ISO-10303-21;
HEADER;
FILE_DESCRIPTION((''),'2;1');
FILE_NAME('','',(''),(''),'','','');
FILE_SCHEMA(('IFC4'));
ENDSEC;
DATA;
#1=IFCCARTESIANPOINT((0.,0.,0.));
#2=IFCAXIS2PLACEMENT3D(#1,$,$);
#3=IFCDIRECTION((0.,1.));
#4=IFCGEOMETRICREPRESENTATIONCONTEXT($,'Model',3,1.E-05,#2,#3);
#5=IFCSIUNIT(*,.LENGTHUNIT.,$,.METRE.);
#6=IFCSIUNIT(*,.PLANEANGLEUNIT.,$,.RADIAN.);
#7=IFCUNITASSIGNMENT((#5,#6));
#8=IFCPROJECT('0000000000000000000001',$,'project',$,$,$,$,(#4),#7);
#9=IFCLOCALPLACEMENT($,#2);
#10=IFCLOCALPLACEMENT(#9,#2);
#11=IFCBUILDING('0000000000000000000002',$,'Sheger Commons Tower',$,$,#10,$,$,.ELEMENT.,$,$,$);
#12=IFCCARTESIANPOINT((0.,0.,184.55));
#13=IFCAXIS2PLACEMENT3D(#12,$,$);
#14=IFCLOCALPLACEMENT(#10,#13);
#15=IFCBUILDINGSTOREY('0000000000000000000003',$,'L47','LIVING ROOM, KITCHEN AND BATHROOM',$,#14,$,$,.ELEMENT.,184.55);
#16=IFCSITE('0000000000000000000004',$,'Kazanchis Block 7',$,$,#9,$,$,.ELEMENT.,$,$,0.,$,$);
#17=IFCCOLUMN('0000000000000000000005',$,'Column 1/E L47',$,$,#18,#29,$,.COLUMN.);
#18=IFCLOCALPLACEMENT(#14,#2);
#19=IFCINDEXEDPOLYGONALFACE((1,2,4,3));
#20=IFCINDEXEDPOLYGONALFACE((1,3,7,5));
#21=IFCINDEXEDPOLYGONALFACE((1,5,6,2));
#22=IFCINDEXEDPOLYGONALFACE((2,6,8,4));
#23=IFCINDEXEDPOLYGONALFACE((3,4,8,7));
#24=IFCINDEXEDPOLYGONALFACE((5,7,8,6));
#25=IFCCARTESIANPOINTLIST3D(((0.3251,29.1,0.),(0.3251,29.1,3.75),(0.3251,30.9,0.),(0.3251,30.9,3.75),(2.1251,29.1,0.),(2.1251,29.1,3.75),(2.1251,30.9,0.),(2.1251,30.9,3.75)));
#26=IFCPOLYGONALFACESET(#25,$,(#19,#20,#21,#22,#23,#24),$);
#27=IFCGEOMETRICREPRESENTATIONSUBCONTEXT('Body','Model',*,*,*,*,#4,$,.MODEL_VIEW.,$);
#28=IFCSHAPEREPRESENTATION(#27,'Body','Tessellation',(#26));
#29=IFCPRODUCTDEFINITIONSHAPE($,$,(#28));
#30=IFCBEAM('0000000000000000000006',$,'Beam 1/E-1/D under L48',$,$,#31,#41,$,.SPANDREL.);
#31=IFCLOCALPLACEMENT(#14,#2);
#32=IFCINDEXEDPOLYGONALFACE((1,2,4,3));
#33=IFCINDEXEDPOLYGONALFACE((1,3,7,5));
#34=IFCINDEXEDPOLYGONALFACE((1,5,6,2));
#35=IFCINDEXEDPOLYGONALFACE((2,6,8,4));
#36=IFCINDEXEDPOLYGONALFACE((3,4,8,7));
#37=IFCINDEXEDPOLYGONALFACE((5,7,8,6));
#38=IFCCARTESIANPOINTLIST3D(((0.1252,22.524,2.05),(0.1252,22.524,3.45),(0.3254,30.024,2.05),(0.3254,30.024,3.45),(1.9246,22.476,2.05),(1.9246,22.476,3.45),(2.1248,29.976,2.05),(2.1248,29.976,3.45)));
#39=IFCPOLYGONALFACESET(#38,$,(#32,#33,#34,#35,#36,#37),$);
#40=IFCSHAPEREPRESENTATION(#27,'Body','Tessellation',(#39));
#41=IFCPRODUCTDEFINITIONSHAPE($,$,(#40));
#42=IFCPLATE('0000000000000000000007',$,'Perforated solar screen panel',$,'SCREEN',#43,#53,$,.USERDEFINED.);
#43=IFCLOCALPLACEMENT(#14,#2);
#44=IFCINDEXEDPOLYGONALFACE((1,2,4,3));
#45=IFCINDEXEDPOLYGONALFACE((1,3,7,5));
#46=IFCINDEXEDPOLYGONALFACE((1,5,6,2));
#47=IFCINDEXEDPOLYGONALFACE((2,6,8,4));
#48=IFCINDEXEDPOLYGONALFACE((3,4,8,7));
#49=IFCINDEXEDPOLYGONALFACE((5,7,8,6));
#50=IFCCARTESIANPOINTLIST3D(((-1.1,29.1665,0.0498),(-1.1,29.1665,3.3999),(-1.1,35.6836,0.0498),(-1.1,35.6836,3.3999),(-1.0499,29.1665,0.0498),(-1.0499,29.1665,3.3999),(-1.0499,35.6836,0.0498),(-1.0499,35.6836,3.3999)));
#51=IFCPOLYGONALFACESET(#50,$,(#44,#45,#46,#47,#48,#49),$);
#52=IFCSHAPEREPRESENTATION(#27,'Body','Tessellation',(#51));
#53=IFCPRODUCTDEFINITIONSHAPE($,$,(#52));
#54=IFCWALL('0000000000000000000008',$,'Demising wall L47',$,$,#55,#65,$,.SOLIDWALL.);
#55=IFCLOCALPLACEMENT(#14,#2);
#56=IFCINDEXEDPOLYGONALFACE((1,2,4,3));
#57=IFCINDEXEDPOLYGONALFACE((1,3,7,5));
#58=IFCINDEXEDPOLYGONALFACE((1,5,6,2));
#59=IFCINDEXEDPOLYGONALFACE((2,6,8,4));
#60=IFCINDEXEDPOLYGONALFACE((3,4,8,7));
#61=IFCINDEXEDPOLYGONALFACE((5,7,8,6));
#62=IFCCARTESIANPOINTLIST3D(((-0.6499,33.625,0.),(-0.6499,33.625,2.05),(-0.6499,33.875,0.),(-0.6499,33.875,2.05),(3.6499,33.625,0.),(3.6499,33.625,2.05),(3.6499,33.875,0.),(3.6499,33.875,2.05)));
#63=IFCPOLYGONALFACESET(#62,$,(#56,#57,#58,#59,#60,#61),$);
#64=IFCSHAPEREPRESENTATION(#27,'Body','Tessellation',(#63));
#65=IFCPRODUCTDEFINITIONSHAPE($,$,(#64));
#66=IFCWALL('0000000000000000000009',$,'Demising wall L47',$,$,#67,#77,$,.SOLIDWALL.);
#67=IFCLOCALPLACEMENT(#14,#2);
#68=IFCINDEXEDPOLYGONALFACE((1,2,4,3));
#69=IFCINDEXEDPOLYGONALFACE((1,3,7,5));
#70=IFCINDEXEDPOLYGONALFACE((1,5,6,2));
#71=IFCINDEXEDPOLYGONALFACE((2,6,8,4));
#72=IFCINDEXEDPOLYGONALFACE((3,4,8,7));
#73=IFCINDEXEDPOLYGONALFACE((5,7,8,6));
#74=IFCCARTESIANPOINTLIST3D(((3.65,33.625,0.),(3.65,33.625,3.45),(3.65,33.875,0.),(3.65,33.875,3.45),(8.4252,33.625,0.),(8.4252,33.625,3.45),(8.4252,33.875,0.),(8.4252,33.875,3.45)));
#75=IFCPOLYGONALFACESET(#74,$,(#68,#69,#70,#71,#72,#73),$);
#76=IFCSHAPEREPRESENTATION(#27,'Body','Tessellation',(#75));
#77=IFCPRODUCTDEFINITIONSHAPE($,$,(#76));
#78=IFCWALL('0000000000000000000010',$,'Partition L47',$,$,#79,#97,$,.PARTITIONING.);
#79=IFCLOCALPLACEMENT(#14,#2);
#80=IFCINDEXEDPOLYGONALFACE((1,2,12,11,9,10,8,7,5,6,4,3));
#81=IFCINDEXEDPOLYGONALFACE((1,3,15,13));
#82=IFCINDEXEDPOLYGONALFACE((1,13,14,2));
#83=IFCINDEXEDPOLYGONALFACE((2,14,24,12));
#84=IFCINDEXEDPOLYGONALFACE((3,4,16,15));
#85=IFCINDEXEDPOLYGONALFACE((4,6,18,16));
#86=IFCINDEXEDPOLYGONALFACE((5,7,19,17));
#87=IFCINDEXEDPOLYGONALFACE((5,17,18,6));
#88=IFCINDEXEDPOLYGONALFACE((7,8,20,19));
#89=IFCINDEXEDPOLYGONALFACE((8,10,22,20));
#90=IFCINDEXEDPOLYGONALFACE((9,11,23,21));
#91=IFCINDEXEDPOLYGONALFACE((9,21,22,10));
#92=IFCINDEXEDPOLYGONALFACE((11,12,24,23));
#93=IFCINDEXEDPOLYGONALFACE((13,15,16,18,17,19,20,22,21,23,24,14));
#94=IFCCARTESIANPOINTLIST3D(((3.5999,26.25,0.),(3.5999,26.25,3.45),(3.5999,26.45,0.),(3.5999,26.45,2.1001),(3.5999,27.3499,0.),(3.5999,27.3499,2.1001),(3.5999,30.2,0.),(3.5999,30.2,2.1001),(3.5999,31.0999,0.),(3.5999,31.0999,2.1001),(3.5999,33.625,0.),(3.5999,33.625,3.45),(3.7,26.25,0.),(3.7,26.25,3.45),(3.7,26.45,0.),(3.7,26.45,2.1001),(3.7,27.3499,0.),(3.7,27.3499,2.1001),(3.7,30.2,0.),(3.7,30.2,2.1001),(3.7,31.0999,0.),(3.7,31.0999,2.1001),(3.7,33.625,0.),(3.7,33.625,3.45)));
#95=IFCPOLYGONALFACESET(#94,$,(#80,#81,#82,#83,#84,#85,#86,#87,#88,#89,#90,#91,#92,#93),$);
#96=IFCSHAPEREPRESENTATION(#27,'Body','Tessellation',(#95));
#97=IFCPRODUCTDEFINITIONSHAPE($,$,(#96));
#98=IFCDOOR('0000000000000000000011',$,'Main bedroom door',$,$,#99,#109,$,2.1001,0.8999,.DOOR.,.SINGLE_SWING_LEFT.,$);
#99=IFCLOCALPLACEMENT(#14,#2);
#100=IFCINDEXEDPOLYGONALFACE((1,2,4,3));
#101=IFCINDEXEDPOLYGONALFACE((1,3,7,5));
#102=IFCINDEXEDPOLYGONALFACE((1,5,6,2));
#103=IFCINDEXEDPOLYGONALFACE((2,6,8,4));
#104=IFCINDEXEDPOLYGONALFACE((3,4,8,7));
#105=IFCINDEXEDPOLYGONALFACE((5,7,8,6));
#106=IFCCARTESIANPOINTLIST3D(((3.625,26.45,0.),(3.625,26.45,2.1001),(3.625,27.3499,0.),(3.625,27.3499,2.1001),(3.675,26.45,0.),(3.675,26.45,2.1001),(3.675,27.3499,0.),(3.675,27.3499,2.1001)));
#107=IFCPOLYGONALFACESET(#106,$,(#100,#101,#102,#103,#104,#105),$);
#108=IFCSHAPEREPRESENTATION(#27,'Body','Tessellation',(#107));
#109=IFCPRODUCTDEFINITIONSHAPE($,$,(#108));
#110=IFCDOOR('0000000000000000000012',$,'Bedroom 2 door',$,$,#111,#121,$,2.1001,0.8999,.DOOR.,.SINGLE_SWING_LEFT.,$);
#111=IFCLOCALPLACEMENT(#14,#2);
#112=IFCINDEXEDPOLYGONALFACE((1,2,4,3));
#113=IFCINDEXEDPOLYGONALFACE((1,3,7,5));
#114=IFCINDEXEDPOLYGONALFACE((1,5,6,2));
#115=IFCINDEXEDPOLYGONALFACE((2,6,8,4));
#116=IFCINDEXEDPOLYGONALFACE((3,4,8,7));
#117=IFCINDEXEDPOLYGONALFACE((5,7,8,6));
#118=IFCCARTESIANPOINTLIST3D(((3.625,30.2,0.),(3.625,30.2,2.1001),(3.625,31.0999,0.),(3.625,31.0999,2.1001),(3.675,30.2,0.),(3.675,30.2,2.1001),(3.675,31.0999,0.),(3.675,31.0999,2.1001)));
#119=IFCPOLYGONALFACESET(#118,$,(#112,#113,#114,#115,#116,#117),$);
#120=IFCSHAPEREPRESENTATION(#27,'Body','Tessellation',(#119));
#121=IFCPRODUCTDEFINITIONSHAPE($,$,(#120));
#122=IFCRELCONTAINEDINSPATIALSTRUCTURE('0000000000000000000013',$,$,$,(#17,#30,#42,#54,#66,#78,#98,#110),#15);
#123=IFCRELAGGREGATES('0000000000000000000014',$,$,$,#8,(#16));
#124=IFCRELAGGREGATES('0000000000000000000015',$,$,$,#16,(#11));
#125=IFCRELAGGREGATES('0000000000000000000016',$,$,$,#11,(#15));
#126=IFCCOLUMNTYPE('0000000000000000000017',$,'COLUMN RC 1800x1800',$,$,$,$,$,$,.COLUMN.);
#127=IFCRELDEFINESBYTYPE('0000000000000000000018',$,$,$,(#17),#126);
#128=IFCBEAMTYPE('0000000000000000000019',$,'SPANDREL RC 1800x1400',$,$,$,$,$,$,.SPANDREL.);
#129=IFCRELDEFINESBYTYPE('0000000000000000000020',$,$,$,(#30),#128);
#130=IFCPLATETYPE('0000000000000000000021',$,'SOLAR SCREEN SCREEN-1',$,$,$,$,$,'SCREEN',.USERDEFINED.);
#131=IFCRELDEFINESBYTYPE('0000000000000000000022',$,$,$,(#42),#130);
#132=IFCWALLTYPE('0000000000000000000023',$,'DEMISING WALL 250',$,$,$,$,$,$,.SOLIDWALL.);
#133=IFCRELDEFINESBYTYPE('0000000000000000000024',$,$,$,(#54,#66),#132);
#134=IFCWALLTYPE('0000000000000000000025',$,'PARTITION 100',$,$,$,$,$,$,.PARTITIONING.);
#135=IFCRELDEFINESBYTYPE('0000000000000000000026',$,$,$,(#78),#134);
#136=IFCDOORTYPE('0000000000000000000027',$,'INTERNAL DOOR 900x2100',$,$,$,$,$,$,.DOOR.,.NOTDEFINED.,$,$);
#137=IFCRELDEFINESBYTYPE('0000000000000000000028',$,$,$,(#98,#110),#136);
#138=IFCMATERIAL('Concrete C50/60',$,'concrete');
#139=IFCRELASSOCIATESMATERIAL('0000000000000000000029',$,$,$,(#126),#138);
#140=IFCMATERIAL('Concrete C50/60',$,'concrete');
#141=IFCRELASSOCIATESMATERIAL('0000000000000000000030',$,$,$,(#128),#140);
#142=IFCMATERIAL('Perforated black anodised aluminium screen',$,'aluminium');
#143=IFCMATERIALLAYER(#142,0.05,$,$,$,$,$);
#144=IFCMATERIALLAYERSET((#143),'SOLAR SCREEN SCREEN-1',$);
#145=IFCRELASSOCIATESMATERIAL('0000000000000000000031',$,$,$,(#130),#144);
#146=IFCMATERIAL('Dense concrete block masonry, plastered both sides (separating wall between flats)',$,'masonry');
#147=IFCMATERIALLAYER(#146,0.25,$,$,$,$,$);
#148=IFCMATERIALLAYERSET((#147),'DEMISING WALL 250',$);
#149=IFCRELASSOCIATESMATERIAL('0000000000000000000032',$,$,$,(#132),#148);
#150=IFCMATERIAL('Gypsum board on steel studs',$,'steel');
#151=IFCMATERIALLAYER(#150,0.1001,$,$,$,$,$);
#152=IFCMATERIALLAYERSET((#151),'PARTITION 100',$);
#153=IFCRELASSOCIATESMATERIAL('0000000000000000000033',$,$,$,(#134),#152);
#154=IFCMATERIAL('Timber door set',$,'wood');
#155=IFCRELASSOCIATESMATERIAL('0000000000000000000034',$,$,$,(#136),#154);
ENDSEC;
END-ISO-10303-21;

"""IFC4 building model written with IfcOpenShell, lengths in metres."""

from ifc_helpers import new_model, si_unit, direction, frame, frame_2d, origin, origin_2d, place, context, subcontext, project, spatial, rectangle, extrude, material, layer, layer_set, material_profile, profile_set, type_object, element, fill, save


model = new_model("IFC4")

# Units and contexts
model_context = context("Model", 3, precision=1e-05, world=origin(), true_north=direction((0.0, 1.0)))
body_context = subcontext(model_context, "Body", "Model", "MODEL_VIEW")
ifc_project = project(units=[si_unit("LENGTHUNIT", "METRE"), si_unit("PLANEANGLEUNIT", "RADIAN")], contexts=[model_context])

# Site, building, storey
site_placement = place(None, origin())
site = spatial("IfcSite", under=ifc_project, at=site_placement, Name="Kazanchis Block 7", CompositionType="ELEMENT", RefElevation=0.0)
building_placement = place(site_placement, origin())
building = spatial("IfcBuilding", under=site, at=building_placement, Name="Sheger Commons Tower", CompositionType="ELEMENT")
storey_placement = place(building_placement, frame((0.0, 0.0, 184.55)))
storey = spatial("IfcBuildingStorey", under=building, at=storey_placement, Name="L47", Description="LIVING ROOM, KITCHEN AND BATHROOM", CompositionType="ELEMENT", Elevation=184.55)

# Column
ifc_material_1 = material(Name="Concrete C50/60", Category="concrete")
ifc_material_profile_1 = material_profile(ifc_material_1, rectangle(XDim=1.8, YDim=1.8, at=origin_2d()), Name="RC 1800x1800")
ifc_profile_set_1 = profile_set([ifc_material_profile_1], Name="Concrete C50/60")
column_type = type_object("IfcColumnType", Name="COLUMN RC 1800x1800", PredefinedType="COLUMN", material=ifc_profile_set_1)
column_placement = place(storey_placement, frame((1.2251, 30.0, 0.0), z_axis=(0.0, 0.0, 1.0), x_axis=(1.0, 0.0, 0.0)))
element("IfcColumn", 1, at=column_placement, inside=storey, type_object=column_type, Name="Column 1/E L47", PredefinedType="COLUMN", context=body_context, shape_type="SweptSolid", body=[
    extrude(rectangle(XDim=1.8, YDim=1.8, at=origin_2d()), origin(), (0.0, 0.0, 1.0), 3.75),
])

# Beam
ifc_material_2 = material(Name="Concrete C50/60", Category="concrete")
ifc_material_profile_2 = material_profile(ifc_material_2, rectangle(XDim=1.8, YDim=1.3999, at=origin_2d()), Name="RC 1800x1400")
ifc_profile_set_2 = profile_set([ifc_material_profile_2], Name="Concrete C50/60")
beam_type = type_object("IfcBeamType", Name="SPANDREL RC 1800x1400", PredefinedType="SPANDREL", material=ifc_profile_set_2)
beam_placement = place(storey_placement, frame((1.2251, 30.0, 2.75), z_axis=(-0.026683, -0.999644, 0.0), x_axis=(0.999644, -0.026683, 0.0)))
element("IfcBeam", 2, at=beam_placement, inside=storey, type_object=beam_type, Name="Beam 1/E-1/D under L48", PredefinedType="SPANDREL", context=body_context, shape_type="SweptSolid", body=[
    extrude(rectangle(XDim=1.8, YDim=1.3999, at=origin_2d()), origin(), (0.0, 0.0, 1.0), 7.5027),
])

# Plate
ifc_material_3 = material(Name="Perforated black anodised aluminium screen", Category="aluminium")
ifc_layer_1 = layer(ifc_material_3, 0.05)
ifc_layer_set_1 = layer_set([ifc_layer_1], Name="SOLAR SCREEN SCREEN-1")
plate_type = type_object("IfcPlateType", Name="SOLAR SCREEN SCREEN-1", ElementType="SCREEN", PredefinedType="USERDEFINED", material=ifc_layer_set_1)
plate_placement = place(storey_placement, frame((-1.075, 32.425, 0.0498), z_axis=(0.0, 0.0, 1.0), x_axis=(0.0, -1.0, 0.0)))
element("IfcPlate", 3, at=plate_placement, inside=storey, type_object=plate_type, Name="Perforated solar screen panel", ObjectType="SCREEN", PredefinedType="USERDEFINED", context=body_context, shape_type="SweptSolid", body=[
    extrude(rectangle(XDim=6.5171, YDim=0.05, at=origin_2d()), origin(), (0.0, 0.0, 1.0), 3.3501),
])

# Walls
ifc_material_4 = material(Name="Dense concrete block masonry, plastered both sides (separating wall between flats)", Category="masonry")
ifc_layer_2 = layer(ifc_material_4, 0.25)
ifc_layer_set_2 = layer_set([ifc_layer_2], Name="DEMISING WALL 250")
wall_type_1 = type_object("IfcWallType", Name="DEMISING WALL 250", PredefinedType="SOLIDWALL", material=ifc_layer_set_2)
wall_1_placement = place(storey_placement, frame((-0.6499, 33.75, 0.0), z_axis=(0.0, 0.0, 1.0), x_axis=(1.0, 0.0, 0.0)))
element("IfcWall", 4, at=wall_1_placement, inside=storey, type_object=wall_type_1, Name="Demising wall L47", PredefinedType="SOLIDWALL", context=body_context, shape_type="SweptSolid", body=[
    extrude(rectangle(XDim=4.2998, YDim=0.25, at=frame_2d((2.1499, 0.0))), origin(), (0.0, 0.0, 1.0), 2.05),
])
wall_2_placement = place(storey_placement, frame((3.6499, 33.75, 0.0), z_axis=(0.0, 0.0, 1.0), x_axis=(1.0, 0.0, 0.0)))
element("IfcWall", 5, at=wall_2_placement, inside=storey, type_object=wall_type_1, Name="Demising wall L47", PredefinedType="SOLIDWALL", context=body_context, shape_type="SweptSolid", body=[
    extrude(rectangle(XDim=4.7751, YDim=0.25, at=frame_2d((2.3877, 0.0))), origin(), (0.0, 0.0, 1.0), 3.45),
])

# Wall, openings, doors
ifc_material_5 = material(Name="Gypsum board on steel studs", Category="steel")
ifc_layer_3 = layer(ifc_material_5, 0.1001)
ifc_layer_set_3 = layer_set([ifc_layer_3], Name="PARTITION 100")
wall_type_2 = type_object("IfcWallType", Name="PARTITION 100", PredefinedType="PARTITIONING", material=ifc_layer_set_3)
wall_3_placement = place(storey_placement, frame((3.6499, 26.25, 0.0), z_axis=(0.0, 0.0, 1.0), x_axis=(0.0, 1.0, 0.0)))
wall_3 = element("IfcWall", 6, at=wall_3_placement, inside=storey, type_object=wall_type_2, Name="Partition L47", PredefinedType="PARTITIONING", context=body_context, shape_type="SweptSolid", body=[
    extrude(rectangle(XDim=7.375, YDim=0.1001, at=frame_2d((3.6875, 0.0))), origin(), (0.0, 0.0, 1.0), 3.45),
])
opening_1_placement = place(wall_3_placement, frame((0.2, 0.0, 0.0)))
opening_1 = element("IfcOpeningElement", 7, at=opening_1_placement, cuts=wall_3, PredefinedType="OPENING", context=body_context, shape_type="SweptSolid", body=[
    extrude(rectangle(XDim=0.8999, YDim=2.1001, at=frame_2d((0.45, 1.05))), frame((0.0, 0.0601, 0.0), z_axis=(0.0, -1.0, 0.0), x_axis=(1.0, 0.0, 0.0)), (0.0, 0.0, 1.0), 0.1201),
])
opening_2_placement = place(wall_3_placement, frame((3.95, 0.0, 0.0)))
opening_2 = element("IfcOpeningElement", 8, at=opening_2_placement, cuts=wall_3, PredefinedType="OPENING", context=body_context, shape_type="SweptSolid", body=[
    extrude(rectangle(XDim=0.8999, YDim=2.1001, at=frame_2d((0.45, 1.05))), frame((0.0, 0.0601, 0.0), z_axis=(0.0, -1.0, 0.0), x_axis=(1.0, 0.0, 0.0)), (0.0, 0.0, 1.0), 0.1201),
])
ifc_material_6 = material(Name="Timber door set", Category="wood")
door_type = type_object("IfcDoorType", Name="INTERNAL DOOR 900x2100", OperationType="NOTDEFINED", PredefinedType="DOOR", material=ifc_material_6)
door_1_placement = place(opening_1_placement, origin())
door_1 = element("IfcDoor", 9, at=door_1_placement, inside=storey, type_object=door_type, Name="Main bedroom door", OperationType="SINGLE_SWING_LEFT", OverallHeight=2.1001, OverallWidth=0.8999, PredefinedType="DOOR", context=body_context, shape_type="SweptSolid", body=[
    extrude(rectangle(XDim=0.8999, YDim=2.1001, at=frame_2d((0.45, 1.05))), frame((0.0, 0.0249, 0.0), z_axis=(0.0, -1.0, 0.0), x_axis=(1.0, 0.0, 0.0)), (0.0, 0.0, 1.0), 0.05),
])
fill(opening_1, door_1)
door_2_placement = place(opening_2_placement, origin())
door_2 = element("IfcDoor", 10, at=door_2_placement, inside=storey, type_object=door_type, Name="Bedroom 2 door", OperationType="SINGLE_SWING_LEFT", OverallHeight=2.1001, OverallWidth=0.8999, PredefinedType="DOOR", context=body_context, shape_type="SweptSolid", body=[
    extrude(rectangle(XDim=0.8999, YDim=2.1001, at=frame_2d((0.45, 1.05))), frame((0.0, 0.0249, 0.0), z_axis=(0.0, -1.0, 0.0), x_axis=(1.0, 0.0, 0.0)), (0.0, 0.0, 1.0), 0.05),
])
fill(opening_2, door_2)

save(model, "model.ifc")
